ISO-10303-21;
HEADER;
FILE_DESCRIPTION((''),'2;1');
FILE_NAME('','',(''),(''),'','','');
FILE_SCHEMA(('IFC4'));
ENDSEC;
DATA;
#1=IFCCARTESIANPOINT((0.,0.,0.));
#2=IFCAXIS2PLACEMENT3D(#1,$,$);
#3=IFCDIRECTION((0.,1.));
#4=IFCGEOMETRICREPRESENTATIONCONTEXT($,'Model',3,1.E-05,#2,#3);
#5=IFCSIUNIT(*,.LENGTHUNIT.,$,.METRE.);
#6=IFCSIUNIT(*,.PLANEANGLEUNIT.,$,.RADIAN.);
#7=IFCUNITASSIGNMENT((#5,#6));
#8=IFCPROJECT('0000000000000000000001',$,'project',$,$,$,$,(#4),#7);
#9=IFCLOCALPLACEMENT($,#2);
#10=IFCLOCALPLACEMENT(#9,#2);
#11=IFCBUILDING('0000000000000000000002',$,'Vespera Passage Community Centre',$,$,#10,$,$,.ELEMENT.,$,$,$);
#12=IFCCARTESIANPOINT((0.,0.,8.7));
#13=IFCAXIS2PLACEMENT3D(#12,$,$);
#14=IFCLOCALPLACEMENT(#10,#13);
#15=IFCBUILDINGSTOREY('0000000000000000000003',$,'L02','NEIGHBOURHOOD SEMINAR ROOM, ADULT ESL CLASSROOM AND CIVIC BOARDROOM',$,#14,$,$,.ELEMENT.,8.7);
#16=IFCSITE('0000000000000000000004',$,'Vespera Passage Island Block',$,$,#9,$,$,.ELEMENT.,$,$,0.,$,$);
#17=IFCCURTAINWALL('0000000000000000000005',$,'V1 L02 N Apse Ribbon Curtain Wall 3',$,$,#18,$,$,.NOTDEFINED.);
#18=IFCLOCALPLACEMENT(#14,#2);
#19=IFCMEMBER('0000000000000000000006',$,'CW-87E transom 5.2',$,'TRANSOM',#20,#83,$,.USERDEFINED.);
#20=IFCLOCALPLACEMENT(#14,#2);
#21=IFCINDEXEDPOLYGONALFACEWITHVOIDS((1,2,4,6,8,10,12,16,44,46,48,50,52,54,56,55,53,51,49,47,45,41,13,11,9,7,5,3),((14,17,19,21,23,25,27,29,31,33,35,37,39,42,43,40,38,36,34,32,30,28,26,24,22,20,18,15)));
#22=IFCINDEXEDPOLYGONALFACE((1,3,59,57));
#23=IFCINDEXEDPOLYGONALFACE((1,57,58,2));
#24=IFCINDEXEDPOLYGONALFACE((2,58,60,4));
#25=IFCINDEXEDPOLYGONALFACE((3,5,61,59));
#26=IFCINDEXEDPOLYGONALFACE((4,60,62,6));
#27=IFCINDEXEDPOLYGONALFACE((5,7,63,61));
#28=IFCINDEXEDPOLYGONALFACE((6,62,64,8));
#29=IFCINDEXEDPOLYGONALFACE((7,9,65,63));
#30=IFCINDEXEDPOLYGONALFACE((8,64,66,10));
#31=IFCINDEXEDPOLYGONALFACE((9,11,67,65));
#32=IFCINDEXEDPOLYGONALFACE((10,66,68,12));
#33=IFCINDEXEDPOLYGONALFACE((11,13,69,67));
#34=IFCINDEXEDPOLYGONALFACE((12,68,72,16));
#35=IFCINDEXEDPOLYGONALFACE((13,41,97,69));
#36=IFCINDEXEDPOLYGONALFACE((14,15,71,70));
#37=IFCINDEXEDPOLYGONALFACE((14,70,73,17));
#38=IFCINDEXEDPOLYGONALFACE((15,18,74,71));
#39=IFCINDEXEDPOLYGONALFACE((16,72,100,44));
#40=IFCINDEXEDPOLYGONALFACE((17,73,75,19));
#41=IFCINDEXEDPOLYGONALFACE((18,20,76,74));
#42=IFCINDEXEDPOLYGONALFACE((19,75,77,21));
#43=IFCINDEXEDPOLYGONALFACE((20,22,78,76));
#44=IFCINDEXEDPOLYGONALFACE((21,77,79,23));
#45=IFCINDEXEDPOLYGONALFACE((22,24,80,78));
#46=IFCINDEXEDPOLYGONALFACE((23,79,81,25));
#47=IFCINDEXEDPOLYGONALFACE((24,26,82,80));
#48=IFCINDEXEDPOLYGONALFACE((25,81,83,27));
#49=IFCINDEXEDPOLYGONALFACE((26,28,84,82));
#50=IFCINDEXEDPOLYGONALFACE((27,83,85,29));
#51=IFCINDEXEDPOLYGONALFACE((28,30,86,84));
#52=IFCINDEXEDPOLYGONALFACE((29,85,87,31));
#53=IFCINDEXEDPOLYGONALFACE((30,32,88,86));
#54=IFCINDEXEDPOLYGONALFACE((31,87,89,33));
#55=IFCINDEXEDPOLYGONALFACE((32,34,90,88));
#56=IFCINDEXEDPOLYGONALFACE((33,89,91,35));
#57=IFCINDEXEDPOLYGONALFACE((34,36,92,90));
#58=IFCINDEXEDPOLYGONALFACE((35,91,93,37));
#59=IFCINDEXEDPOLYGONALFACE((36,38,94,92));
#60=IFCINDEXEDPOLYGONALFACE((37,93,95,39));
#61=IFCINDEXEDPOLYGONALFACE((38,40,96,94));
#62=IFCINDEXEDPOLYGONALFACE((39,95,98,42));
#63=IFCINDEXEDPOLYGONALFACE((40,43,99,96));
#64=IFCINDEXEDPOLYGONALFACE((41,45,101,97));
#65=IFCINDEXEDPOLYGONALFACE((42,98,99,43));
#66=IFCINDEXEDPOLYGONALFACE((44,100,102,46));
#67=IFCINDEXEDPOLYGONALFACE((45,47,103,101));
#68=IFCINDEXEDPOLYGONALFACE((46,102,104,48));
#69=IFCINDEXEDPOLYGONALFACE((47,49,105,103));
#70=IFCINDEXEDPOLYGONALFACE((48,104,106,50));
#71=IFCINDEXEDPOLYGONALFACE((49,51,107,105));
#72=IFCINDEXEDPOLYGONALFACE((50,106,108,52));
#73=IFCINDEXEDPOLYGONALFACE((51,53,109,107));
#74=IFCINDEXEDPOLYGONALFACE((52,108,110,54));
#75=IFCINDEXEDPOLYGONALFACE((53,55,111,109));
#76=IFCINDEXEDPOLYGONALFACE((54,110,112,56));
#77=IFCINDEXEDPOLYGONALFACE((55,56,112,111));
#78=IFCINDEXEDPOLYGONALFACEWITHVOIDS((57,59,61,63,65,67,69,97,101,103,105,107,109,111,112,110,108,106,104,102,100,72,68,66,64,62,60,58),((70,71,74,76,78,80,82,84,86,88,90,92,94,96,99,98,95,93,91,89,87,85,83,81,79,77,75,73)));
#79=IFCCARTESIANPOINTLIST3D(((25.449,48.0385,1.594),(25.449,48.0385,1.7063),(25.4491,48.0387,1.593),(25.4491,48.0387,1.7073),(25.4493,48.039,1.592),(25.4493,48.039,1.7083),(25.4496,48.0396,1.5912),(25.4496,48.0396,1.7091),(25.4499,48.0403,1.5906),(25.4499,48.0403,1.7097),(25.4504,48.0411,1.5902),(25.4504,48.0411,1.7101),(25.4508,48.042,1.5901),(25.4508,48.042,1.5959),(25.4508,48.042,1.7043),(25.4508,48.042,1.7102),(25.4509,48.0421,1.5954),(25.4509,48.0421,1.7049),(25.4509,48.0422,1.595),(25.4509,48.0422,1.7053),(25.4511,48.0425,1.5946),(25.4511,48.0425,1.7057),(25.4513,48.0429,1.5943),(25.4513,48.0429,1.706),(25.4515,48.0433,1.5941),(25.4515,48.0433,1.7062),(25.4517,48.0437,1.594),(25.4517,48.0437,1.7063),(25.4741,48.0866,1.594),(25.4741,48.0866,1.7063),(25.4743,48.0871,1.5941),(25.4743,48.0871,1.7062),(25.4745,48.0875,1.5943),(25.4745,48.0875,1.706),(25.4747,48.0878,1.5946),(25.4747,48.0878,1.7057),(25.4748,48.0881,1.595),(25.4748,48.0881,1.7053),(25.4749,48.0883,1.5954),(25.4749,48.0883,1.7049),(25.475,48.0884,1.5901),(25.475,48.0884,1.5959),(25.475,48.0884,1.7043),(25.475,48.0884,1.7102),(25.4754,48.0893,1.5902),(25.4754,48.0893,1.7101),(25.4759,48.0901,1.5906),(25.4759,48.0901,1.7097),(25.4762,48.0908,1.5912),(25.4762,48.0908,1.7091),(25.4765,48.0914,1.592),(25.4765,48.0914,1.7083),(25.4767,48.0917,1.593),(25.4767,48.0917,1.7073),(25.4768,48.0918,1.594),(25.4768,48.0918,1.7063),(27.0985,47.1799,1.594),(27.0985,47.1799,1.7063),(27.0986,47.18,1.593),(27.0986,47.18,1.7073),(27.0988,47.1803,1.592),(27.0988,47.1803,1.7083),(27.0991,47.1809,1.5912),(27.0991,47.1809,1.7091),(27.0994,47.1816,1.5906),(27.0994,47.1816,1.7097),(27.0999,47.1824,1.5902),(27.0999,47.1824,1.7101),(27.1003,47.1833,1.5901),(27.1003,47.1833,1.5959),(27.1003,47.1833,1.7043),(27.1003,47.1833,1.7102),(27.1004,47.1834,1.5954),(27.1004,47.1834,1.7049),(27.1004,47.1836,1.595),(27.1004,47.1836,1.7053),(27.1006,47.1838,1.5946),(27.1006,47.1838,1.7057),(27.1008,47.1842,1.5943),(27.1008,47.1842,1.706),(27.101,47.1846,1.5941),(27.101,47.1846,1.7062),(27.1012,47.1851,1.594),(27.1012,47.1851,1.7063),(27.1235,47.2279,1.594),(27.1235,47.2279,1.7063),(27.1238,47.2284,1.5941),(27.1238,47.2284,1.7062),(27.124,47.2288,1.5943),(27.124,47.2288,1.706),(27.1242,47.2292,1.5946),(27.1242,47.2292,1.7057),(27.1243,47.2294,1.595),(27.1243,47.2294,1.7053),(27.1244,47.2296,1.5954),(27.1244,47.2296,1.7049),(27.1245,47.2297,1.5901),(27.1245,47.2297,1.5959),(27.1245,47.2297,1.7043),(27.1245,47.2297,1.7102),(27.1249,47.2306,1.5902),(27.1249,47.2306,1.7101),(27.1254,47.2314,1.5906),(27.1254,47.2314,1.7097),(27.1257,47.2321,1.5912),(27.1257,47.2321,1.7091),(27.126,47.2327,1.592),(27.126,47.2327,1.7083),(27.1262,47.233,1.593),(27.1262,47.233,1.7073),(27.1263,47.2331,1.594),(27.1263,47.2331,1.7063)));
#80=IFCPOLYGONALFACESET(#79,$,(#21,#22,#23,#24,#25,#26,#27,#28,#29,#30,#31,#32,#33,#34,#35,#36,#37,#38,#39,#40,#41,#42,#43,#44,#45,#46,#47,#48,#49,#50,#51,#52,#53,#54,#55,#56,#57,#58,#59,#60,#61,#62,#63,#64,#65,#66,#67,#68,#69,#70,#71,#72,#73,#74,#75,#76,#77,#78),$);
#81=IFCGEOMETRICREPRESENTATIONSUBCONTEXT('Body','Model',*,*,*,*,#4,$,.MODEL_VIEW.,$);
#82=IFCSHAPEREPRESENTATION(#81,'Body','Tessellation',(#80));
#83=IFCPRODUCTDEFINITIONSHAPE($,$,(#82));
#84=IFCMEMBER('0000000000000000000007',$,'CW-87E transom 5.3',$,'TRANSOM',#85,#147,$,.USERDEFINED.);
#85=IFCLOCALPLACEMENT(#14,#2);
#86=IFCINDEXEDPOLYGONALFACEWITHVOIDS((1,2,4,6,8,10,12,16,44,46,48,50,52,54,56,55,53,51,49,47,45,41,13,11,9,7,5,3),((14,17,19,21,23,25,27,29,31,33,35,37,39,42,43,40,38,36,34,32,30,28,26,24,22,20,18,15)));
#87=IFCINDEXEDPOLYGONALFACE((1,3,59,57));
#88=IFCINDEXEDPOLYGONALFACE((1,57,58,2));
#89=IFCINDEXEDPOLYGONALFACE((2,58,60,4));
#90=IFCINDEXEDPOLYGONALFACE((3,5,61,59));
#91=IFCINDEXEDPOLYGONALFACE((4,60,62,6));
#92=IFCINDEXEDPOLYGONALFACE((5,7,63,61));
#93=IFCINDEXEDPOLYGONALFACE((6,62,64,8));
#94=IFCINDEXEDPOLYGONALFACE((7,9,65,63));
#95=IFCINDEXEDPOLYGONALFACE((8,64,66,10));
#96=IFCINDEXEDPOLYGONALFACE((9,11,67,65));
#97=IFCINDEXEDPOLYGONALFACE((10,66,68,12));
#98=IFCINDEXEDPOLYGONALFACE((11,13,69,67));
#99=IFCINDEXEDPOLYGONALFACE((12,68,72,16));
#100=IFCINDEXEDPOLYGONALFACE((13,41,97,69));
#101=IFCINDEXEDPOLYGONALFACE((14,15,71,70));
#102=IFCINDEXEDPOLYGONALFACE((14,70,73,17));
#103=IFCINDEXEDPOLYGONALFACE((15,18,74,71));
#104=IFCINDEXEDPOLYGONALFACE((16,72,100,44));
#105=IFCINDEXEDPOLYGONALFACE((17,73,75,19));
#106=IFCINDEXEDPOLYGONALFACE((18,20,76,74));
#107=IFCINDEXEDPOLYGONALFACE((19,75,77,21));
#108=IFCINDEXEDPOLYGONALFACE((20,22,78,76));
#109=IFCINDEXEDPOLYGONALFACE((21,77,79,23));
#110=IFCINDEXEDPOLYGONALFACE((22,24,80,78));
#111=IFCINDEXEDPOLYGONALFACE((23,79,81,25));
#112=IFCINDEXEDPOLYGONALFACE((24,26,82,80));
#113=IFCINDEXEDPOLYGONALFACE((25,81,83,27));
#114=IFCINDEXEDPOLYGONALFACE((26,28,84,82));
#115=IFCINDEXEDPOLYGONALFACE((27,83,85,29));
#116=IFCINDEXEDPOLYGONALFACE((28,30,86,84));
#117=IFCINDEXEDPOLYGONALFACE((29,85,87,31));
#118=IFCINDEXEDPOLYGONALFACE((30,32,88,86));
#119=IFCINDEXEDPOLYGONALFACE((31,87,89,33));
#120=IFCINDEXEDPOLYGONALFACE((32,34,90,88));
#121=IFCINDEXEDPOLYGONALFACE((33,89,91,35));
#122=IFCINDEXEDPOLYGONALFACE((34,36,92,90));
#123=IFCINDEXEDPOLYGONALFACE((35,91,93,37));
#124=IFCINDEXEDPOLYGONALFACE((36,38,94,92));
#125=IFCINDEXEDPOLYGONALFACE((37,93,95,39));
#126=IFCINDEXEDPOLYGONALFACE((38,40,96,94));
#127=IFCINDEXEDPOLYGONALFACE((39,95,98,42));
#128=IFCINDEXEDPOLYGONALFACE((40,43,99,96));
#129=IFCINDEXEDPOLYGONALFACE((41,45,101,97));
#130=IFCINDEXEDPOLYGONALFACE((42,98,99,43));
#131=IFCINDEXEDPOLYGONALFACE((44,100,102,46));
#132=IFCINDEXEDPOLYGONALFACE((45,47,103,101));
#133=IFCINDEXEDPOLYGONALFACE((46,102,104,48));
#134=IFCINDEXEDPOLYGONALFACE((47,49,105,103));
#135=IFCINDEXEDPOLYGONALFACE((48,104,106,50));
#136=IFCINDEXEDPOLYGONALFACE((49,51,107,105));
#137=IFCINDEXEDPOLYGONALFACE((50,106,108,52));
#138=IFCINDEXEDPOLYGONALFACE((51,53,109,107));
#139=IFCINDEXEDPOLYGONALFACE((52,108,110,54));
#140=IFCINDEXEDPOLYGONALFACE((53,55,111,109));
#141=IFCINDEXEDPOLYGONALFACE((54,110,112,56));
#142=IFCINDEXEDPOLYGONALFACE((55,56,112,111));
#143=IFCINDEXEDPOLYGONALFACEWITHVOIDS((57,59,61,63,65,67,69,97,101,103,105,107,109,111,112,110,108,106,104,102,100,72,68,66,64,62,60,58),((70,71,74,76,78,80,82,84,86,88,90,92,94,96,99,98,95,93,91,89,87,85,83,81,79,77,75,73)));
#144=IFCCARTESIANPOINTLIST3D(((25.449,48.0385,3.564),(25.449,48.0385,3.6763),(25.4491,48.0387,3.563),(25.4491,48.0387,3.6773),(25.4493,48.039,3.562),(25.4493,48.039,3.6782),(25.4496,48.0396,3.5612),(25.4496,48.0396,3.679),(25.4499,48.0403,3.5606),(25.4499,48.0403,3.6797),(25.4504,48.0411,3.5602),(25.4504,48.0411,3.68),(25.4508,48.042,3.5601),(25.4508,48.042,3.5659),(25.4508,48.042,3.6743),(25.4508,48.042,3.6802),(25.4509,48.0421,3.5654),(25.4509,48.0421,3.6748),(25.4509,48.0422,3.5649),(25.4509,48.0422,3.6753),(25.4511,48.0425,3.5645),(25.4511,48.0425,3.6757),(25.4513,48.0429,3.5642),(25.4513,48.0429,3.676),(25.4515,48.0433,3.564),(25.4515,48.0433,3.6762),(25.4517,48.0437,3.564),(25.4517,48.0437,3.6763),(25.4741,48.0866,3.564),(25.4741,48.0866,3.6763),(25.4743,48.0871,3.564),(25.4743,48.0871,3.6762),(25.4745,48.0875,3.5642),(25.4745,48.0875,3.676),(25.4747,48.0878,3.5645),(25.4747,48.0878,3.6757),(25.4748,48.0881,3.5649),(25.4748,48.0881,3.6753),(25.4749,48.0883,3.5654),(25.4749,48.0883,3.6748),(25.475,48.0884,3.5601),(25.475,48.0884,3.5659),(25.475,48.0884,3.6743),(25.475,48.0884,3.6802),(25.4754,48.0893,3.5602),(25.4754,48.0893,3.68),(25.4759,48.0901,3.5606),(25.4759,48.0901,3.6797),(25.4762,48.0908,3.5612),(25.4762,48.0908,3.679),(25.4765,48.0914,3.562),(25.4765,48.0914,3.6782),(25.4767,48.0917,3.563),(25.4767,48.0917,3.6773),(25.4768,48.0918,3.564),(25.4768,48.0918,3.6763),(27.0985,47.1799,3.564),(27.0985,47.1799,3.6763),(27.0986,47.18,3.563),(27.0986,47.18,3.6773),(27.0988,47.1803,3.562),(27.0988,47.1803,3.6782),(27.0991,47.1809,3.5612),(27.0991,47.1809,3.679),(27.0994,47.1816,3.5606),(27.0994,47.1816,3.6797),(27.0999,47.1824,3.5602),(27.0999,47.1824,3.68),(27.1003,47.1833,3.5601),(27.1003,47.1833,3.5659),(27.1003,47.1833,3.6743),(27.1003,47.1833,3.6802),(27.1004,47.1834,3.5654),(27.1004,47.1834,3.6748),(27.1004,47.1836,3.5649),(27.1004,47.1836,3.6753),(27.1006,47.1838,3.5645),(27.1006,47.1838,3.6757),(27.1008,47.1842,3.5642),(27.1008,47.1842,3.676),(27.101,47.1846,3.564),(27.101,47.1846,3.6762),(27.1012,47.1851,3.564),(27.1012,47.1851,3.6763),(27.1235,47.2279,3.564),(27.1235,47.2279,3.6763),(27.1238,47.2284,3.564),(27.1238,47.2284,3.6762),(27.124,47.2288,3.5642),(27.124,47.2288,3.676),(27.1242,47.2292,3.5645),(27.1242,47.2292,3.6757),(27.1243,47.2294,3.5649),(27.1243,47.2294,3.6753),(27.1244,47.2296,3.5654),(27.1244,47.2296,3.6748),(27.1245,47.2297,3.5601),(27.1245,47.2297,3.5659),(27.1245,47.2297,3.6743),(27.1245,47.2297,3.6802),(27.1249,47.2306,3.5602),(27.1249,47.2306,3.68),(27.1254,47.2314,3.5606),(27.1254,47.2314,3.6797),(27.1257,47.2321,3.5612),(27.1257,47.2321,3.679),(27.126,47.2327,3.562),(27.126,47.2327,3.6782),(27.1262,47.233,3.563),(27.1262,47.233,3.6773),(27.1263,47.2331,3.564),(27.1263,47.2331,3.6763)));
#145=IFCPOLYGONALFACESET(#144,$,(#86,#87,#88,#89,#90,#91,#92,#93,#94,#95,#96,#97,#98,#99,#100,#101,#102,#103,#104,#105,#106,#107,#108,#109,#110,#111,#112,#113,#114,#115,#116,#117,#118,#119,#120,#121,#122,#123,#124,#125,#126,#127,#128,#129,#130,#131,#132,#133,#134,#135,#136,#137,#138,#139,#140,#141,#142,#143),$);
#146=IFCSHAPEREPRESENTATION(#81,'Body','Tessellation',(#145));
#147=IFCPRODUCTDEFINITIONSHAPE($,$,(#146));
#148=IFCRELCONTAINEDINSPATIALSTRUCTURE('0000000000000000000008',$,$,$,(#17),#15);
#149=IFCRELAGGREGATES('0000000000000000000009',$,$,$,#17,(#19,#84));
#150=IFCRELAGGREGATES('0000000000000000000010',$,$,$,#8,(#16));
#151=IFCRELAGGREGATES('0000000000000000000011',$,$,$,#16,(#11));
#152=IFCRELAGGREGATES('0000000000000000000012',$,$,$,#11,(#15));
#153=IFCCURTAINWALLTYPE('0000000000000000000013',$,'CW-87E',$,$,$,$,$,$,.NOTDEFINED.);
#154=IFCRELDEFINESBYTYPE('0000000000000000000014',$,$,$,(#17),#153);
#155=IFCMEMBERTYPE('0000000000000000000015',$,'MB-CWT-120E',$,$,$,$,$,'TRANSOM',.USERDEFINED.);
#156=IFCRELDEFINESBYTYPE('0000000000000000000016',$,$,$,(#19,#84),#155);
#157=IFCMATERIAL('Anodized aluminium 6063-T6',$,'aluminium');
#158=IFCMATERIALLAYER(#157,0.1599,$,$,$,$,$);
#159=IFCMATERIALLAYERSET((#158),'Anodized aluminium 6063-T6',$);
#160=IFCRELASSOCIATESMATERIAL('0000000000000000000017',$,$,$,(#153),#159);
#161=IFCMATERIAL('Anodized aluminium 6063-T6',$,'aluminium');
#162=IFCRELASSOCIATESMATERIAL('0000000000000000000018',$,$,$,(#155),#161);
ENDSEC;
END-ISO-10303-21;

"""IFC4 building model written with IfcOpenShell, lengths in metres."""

from ifc_helpers import new_model, si_unit, direction, frame, origin, origin_2d, place, context, subcontext, project, spatial, hollow_rectangle, extrude, material, layer, layer_set, material_profile, profile_set, type_object, element, aggregate, save


model = new_model("IFC4")

# Units and contexts
model_context = context("Model", 3, precision=1e-05, world=origin(), true_north=direction((0.0, 1.0)))
body_context = subcontext(model_context, "Body", "Model", "MODEL_VIEW")
ifc_project = project(units=[si_unit("LENGTHUNIT", "METRE"), si_unit("PLANEANGLEUNIT", "RADIAN")], contexts=[model_context])

# Site, building, storey
site_placement = place(None, origin())
site = spatial("IfcSite", under=ifc_project, at=site_placement, Name="Vespera Passage Island Block", CompositionType="ELEMENT", RefElevation=0.0)
building_placement = place(site_placement, origin())
building = spatial("IfcBuilding", under=site, at=building_placement, Name="Vespera Passage Community Centre", CompositionType="ELEMENT")
storey_placement = place(building_placement, frame((0.0, 0.0, 8.7)))
storey = spatial("IfcBuildingStorey", under=building, at=storey_placement, Name="L02", Description="NEIGHBOURHOOD SEMINAR ROOM, ADULT ESL CLASSROOM AND CIVIC BOARDROOM", CompositionType="ELEMENT", Elevation=8.7)

# Curtain wall, members
ifc_material_1 = material(Name="Anodized aluminium 6063-T6", Category="aluminium")
ifc_layer_1 = layer(ifc_material_1, 0.1599)
ifc_layer_set_1 = layer_set([ifc_layer_1], Name="Anodized aluminium 6063-T6")
curtain_wall_type = type_object("IfcCurtainWallType", Name="CW-87E", PredefinedType="NOTDEFINED", material=ifc_layer_set_1)
curtain_wall_placement = place(storey_placement, origin())
curtain_wall = element("IfcCurtainWall", 1, at=curtain_wall_placement, inside=storey, type_object=curtain_wall_type, Name="V1 L02 N Apse Ribbon Curtain Wall 3", PredefinedType="NOTDEFINED")
ifc_material_2 = material(Name="Anodized aluminium 6063-T6", Category="aluminium")
ifc_material_profile_1 = material_profile(ifc_material_2, hollow_rectangle(XDim=0.0601, YDim=0.1201, WallThickness=0.0039, InnerFilletRadius=0.002, OuterFilletRadius=0.0039, at=origin_2d()), Name="ALU120X60X4")
ifc_profile_set_1 = profile_set([ifc_material_profile_1], Name="Anodized aluminium 6063-T6")
member_type_1 = type_object("IfcMemberType", Name="MB-CWT-120E", ElementType="TRANSOM", PredefinedType="USERDEFINED", material=ifc_profile_set_1)
member_1_placement = place(storey_placement, frame((25.4629, 48.0652, 1.6501), z_axis=(0.887008, -0.461754, 0.0), x_axis=(0.461754, 0.887008, 0.0)))
member_1 = element("IfcMember", 2, at=member_1_placement, type_object=member_type_1, Name="CW-87E transom 5.2", ObjectType="TRANSOM", PredefinedType="USERDEFINED", context=body_context, shape_type="SweptSolid", body=[
    extrude(hollow_rectangle(XDim=0.0601, YDim=0.1201, WallThickness=0.0039, InnerFilletRadius=0.002, OuterFilletRadius=0.0039, at=origin_2d()), origin(), (0.0, 0.0, 1.0), 1.8596),
])
member_2_placement = place(storey_placement, frame((25.4629, 48.0652, 3.6201), z_axis=(0.887008, -0.461754, 0.0), x_axis=(0.461754, 0.887008, 0.0)))
member_2 = element("IfcMember", 3, at=member_2_placement, type_object=member_type_1, Name="CW-87E transom 5.3", ObjectType="TRANSOM", PredefinedType="USERDEFINED", context=body_context, shape_type="SweptSolid", body=[
    extrude(hollow_rectangle(XDim=0.0601, YDim=0.1201, WallThickness=0.0039, InnerFilletRadius=0.002, OuterFilletRadius=0.0039, at=origin_2d()), origin(), (0.0, 0.0, 1.0), 1.8596),
])
aggregate(curtain_wall, [member_1, member_2])

save(model, "model.ifc")
